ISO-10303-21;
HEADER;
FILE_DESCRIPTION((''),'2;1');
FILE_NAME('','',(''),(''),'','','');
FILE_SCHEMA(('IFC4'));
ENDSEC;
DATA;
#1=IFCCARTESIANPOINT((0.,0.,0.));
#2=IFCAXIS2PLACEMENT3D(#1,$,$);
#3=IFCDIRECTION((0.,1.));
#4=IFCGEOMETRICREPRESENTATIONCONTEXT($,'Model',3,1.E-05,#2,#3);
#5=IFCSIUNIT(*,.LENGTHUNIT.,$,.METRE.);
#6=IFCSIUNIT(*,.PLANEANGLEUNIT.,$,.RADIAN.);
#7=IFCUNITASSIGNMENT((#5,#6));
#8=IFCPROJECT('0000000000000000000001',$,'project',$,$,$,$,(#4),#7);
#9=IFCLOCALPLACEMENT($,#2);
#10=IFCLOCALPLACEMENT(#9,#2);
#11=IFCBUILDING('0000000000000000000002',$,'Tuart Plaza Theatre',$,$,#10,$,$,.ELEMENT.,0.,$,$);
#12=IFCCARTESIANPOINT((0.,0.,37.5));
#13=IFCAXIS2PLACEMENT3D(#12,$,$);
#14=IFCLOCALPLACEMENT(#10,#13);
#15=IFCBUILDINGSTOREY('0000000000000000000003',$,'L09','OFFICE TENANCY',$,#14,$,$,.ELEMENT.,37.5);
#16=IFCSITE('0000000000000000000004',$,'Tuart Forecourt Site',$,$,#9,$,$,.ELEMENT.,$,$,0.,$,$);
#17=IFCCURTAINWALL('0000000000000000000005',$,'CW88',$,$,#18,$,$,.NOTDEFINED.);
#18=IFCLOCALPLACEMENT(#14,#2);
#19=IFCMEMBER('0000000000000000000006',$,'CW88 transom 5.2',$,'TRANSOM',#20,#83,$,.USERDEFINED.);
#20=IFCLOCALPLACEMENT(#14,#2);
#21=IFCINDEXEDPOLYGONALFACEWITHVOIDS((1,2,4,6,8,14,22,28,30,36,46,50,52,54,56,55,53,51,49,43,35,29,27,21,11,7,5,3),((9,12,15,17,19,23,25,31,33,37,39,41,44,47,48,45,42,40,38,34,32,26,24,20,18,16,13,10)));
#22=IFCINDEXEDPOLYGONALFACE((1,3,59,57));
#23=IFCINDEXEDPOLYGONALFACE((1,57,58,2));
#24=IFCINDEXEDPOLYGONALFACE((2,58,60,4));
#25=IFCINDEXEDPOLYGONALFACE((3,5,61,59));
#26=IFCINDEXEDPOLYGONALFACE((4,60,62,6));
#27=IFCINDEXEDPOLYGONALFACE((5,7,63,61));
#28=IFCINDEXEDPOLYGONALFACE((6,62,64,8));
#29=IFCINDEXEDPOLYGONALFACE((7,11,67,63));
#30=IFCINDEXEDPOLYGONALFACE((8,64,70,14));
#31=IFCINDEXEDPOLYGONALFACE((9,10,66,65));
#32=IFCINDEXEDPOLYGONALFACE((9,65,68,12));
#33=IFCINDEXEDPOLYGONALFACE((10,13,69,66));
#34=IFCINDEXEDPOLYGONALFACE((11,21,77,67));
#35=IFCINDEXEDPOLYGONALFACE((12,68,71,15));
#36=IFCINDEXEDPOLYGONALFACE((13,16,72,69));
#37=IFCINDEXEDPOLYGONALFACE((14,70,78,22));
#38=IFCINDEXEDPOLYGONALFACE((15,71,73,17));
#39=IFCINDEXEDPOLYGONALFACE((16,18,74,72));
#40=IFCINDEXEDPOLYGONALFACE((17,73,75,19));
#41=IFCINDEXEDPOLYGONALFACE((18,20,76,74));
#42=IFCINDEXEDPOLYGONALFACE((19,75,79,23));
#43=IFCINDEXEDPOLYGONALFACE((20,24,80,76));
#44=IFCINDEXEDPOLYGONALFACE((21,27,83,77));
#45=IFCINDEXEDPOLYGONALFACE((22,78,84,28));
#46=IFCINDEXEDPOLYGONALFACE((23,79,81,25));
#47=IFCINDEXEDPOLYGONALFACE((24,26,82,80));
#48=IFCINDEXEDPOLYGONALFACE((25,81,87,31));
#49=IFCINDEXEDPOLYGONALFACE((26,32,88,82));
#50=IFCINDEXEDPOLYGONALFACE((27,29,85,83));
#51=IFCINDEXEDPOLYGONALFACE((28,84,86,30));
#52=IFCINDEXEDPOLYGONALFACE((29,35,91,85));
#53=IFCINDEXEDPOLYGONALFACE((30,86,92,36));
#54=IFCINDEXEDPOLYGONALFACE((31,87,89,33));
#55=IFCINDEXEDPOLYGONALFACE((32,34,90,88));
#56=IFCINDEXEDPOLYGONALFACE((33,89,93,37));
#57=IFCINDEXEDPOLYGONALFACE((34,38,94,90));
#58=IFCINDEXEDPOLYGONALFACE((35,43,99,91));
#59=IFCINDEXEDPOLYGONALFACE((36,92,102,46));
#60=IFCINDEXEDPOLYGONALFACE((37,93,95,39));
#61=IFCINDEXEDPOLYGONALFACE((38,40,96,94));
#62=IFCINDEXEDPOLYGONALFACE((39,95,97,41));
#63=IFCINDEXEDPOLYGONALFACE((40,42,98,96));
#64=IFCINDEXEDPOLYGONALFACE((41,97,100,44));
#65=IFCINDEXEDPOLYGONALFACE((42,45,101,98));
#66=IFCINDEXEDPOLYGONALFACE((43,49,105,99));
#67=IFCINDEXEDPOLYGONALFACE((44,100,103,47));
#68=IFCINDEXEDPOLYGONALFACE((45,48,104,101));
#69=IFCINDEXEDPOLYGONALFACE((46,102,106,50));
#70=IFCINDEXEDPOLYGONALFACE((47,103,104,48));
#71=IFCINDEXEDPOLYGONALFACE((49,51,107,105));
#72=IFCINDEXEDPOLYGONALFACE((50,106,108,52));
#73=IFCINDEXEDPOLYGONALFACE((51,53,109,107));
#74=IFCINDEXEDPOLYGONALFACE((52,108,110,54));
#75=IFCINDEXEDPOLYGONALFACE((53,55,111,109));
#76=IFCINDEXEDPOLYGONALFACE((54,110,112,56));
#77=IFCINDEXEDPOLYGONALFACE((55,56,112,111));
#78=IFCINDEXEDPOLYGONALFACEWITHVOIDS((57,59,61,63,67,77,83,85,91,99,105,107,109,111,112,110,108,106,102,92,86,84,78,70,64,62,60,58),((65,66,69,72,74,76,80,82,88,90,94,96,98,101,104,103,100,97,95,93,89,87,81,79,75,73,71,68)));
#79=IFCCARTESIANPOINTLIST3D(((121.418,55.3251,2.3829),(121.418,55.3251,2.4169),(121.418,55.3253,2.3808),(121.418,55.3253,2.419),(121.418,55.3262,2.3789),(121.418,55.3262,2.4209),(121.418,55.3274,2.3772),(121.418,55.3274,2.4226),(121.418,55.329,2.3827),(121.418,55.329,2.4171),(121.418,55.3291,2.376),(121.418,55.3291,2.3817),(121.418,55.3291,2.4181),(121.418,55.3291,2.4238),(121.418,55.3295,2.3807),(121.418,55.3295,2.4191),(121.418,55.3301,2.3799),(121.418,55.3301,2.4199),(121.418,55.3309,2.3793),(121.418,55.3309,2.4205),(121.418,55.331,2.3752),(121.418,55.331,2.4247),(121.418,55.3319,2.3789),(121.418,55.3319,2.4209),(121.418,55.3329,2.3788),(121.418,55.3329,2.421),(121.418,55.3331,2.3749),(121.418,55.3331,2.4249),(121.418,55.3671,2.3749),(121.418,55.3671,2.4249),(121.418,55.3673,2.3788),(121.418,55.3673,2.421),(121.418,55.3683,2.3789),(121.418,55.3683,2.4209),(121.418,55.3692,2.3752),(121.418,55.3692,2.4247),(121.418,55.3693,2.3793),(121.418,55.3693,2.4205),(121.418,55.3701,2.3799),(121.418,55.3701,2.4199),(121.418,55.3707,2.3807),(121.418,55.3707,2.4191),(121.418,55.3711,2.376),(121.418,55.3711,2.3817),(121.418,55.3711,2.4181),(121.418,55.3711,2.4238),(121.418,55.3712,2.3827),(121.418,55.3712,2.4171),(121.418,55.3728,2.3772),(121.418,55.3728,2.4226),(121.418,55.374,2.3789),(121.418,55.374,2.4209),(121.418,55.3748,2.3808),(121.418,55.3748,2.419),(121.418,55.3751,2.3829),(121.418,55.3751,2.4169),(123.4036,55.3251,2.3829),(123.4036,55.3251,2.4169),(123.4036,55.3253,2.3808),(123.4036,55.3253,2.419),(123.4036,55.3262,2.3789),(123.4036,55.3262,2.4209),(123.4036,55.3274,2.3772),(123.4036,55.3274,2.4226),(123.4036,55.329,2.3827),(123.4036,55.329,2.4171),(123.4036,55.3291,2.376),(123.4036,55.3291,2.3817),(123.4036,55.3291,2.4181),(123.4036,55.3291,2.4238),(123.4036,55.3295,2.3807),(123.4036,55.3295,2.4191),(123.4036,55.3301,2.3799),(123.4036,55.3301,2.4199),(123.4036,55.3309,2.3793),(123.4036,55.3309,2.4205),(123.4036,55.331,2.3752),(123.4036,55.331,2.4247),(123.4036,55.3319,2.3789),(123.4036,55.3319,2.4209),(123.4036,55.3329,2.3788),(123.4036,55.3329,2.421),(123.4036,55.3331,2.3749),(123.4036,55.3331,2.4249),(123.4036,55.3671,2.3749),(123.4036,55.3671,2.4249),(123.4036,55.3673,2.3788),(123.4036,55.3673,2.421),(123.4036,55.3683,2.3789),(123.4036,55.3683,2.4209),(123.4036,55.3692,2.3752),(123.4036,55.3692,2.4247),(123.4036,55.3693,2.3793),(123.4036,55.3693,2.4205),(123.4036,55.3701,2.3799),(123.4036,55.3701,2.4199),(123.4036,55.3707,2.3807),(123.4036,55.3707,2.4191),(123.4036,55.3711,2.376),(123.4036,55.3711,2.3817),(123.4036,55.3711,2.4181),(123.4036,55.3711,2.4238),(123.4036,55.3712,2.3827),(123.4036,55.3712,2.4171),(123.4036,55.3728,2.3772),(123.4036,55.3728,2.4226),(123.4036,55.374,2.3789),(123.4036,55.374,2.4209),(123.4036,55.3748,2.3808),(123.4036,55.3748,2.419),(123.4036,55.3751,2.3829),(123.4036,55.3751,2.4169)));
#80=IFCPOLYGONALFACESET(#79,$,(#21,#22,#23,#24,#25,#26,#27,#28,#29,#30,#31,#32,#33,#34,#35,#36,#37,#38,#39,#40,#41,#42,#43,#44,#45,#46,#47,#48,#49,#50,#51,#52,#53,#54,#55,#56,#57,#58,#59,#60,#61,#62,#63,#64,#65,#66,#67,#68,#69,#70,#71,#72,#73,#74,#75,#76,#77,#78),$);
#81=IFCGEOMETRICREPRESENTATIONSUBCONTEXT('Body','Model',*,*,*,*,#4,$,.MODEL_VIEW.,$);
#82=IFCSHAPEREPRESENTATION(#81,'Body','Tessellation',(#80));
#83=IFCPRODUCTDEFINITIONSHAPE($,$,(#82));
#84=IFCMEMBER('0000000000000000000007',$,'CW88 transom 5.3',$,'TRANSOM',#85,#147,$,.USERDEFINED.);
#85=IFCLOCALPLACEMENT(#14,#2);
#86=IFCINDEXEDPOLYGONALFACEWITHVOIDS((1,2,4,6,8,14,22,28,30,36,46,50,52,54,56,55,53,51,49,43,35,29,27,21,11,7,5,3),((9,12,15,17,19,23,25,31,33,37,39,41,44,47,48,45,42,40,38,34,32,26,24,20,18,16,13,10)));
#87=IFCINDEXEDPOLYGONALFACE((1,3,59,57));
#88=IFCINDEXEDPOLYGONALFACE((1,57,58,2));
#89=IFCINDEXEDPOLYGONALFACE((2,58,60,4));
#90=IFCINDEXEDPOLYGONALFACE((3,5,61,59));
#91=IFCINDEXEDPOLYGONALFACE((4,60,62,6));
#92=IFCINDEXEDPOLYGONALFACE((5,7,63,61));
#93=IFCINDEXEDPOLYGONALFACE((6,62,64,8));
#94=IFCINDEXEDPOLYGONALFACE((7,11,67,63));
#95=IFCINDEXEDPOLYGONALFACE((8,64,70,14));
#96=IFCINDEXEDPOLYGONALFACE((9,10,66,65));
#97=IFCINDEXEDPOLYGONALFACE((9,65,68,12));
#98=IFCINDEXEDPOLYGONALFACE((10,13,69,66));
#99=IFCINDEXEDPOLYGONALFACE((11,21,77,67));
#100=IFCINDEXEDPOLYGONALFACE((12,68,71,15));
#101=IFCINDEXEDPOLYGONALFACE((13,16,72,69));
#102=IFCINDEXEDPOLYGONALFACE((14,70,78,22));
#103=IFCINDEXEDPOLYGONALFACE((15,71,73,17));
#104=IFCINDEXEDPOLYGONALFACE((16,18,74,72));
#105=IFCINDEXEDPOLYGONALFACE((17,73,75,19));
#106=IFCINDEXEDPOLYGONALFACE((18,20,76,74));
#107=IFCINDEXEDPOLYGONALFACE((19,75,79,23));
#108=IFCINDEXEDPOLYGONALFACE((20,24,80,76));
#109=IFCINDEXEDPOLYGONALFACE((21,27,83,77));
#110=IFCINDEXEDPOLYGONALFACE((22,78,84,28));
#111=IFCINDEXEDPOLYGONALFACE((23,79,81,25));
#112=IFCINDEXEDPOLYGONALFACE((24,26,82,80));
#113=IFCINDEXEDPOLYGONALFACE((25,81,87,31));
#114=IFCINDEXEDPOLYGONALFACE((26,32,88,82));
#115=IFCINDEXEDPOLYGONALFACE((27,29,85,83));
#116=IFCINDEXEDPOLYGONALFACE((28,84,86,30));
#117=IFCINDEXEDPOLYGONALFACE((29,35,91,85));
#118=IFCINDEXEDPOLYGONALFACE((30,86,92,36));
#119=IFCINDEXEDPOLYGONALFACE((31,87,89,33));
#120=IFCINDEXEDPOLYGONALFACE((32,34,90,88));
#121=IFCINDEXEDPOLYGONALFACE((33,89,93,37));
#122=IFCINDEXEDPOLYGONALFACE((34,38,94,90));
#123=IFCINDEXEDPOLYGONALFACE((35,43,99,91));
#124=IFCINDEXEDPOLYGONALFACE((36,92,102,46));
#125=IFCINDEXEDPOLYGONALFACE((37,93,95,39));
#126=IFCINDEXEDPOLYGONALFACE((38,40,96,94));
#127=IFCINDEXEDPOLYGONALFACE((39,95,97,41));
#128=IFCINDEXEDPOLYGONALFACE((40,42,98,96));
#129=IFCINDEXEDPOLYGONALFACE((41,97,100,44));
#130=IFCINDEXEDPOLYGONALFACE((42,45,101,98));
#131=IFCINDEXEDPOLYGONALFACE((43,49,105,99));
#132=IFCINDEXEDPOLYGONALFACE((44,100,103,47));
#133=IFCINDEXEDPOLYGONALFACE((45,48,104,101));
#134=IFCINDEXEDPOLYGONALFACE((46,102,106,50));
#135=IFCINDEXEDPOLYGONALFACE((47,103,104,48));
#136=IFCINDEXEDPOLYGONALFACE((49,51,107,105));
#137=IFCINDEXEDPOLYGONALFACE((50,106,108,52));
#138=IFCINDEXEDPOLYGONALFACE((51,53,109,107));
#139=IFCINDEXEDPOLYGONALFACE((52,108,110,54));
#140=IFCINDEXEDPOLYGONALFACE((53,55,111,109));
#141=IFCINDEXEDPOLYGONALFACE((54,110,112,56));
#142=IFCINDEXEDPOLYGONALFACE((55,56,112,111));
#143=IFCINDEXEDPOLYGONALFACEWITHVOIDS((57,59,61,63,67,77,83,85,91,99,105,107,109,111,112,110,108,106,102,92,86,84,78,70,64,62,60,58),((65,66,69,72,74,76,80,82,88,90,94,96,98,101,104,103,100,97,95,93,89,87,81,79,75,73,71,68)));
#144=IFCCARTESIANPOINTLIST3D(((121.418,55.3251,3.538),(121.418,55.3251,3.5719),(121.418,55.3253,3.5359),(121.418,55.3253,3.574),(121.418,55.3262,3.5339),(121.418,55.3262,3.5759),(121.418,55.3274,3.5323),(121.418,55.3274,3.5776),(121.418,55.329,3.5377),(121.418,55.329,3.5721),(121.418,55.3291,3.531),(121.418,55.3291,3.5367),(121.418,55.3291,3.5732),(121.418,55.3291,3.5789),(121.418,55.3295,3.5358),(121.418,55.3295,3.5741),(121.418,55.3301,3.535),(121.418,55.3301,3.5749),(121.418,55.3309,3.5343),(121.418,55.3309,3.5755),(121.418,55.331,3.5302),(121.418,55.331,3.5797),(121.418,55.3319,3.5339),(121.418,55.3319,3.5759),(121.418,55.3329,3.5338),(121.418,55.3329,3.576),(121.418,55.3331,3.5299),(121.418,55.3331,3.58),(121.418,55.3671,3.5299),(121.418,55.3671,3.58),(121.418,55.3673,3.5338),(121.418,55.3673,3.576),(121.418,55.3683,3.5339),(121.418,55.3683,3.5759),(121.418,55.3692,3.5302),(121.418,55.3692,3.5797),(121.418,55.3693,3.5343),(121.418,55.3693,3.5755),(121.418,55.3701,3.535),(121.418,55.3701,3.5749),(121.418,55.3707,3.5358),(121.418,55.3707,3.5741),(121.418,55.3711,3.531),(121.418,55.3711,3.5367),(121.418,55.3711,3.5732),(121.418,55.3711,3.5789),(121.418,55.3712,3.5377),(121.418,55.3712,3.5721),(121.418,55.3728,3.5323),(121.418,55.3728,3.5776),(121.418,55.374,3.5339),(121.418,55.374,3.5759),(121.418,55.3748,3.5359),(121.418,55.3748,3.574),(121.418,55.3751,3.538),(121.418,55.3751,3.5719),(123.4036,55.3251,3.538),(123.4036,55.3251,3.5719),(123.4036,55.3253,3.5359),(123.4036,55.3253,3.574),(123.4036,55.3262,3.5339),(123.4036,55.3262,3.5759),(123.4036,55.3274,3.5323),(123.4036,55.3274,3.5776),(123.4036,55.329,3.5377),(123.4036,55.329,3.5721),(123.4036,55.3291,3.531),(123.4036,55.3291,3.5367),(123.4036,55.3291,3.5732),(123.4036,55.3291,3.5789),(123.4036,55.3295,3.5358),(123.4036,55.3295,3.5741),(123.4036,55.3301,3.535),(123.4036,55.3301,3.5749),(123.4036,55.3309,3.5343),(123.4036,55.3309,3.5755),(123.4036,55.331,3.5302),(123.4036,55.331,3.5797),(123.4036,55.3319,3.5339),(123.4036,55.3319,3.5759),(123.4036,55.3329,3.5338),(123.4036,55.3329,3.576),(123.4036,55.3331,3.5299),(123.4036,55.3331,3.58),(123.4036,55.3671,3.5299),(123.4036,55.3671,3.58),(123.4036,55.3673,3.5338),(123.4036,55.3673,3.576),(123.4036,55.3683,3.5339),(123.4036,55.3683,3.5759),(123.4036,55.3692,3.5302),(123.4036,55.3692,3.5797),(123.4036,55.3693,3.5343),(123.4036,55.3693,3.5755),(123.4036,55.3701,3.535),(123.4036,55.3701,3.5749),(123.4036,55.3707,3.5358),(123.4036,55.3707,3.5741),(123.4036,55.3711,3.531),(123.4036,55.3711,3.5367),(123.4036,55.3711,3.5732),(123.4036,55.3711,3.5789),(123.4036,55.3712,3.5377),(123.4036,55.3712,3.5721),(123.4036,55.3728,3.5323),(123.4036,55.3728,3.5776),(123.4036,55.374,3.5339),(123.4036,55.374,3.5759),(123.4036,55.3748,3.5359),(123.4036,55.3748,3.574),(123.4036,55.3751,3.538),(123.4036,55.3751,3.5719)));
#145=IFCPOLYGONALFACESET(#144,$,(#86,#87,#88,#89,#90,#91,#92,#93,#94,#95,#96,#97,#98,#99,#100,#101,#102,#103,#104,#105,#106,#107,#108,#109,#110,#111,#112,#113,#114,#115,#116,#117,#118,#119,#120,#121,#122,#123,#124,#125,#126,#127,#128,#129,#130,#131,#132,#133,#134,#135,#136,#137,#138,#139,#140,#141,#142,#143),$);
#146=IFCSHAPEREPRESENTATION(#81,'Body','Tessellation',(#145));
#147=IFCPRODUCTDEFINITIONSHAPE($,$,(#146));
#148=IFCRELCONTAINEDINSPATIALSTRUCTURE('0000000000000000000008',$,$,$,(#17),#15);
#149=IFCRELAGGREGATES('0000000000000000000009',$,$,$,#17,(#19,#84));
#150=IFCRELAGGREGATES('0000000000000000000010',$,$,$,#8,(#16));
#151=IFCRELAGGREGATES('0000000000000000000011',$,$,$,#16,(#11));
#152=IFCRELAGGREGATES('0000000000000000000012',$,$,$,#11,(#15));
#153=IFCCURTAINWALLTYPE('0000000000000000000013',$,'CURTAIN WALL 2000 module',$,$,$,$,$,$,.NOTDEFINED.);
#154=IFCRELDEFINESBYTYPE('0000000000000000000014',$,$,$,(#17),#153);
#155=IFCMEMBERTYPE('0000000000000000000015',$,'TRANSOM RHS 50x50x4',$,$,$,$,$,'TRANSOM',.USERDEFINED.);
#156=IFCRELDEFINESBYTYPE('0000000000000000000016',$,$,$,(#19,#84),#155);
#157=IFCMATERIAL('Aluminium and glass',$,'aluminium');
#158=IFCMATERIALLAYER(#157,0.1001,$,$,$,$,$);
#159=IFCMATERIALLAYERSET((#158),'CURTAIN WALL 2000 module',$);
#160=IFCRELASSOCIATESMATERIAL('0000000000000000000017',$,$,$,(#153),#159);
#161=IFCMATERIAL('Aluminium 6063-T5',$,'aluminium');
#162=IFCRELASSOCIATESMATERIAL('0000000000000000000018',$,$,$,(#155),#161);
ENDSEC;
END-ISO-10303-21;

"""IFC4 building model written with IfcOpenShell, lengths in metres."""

from ifc_helpers import new_model, si_unit, direction, frame, origin, origin_2d, place, context, subcontext, project, spatial, hollow_rectangle, extrude, material, layer, layer_set, material_profile, profile_set, type_object, element, aggregate, save


model = new_model("IFC4")

# Units and contexts
model_context = context("Model", 3, precision=1e-05, world=origin(), true_north=direction((0.0, 1.0)))
body_context = subcontext(model_context, "Body", "Model", "MODEL_VIEW")
ifc_project = project(units=[si_unit("LENGTHUNIT", "METRE"), si_unit("PLANEANGLEUNIT", "RADIAN")], contexts=[model_context])

# Site, building, storey
site_placement = place(None, origin())
site = spatial("IfcSite", under=ifc_project, at=site_placement, Name="Tuart Forecourt Site", CompositionType="ELEMENT", RefElevation=0.0)
building_placement = place(site_placement, origin())
building = spatial("IfcBuilding", under=site, at=building_placement, Name="Tuart Plaza Theatre", CompositionType="ELEMENT", ElevationOfRefHeight=0.0)
storey_placement = place(building_placement, frame((0.0, 0.0, 37.5)))
storey = spatial("IfcBuildingStorey", under=building, at=storey_placement, Name="L09", Description="OFFICE TENANCY", CompositionType="ELEMENT", Elevation=37.5)

# Curtain wall, members
ifc_material_1 = material(Name="Aluminium and glass", Category="aluminium")
ifc_layer_1 = layer(ifc_material_1, 0.1001)
ifc_layer_set_1 = layer_set([ifc_layer_1], Name="CURTAIN WALL 2000 module")
curtain_wall_type = type_object("IfcCurtainWallType", Name="CURTAIN WALL 2000 module", PredefinedType="NOTDEFINED", material=ifc_layer_set_1)
curtain_wall_placement = place(storey_placement, origin())
curtain_wall = element("IfcCurtainWall", 1, at=curtain_wall_placement, inside=storey, type_object=curtain_wall_type, Name="CW88", PredefinedType="NOTDEFINED")
ifc_material_2 = material(Name="Aluminium 6063-T5", Category="aluminium")
ifc_material_profile_1 = material_profile(ifc_material_2, hollow_rectangle(XDim=0.05, YDim=0.05, WallThickness=0.0039, InnerFilletRadius=0.0039, OuterFilletRadius=0.0081, at=origin_2d()), Name="RHS 50x50x4")
ifc_profile_set_1 = profile_set([ifc_material_profile_1], Name="Aluminium 6063-T5")
member_type_1 = type_object("IfcMemberType", Name="TRANSOM RHS 50x50x4", ElementType="TRANSOM", PredefinedType="USERDEFINED", material=ifc_profile_set_1)
member_1_placement = place(storey_placement, frame((121.418, 55.3501, 2.3999), z_axis=(1.0, 0.0, 0.0), x_axis=(0.0, 1.0, 0.0)))
member_1 = element("IfcMember", 2, at=member_1_placement, type_object=member_type_1, Name="CW88 transom 5.2", ObjectType="TRANSOM", PredefinedType="USERDEFINED", context=body_context, shape_type="SweptSolid", body=[
    extrude(hollow_rectangle(XDim=0.05, YDim=0.05, WallThickness=0.0039, InnerFilletRadius=0.0039, OuterFilletRadius=0.0081, at=origin_2d()), origin(), (0.0, 0.0, 1.0), 1.9856),
])
member_2_placement = place(storey_placement, frame((121.418, 55.3501, 3.5549), z_axis=(1.0, 0.0, 0.0), x_axis=(0.0, 1.0, 0.0)))
member_2 = element("IfcMember", 3, at=member_2_placement, type_object=member_type_1, Name="CW88 transom 5.3", ObjectType="TRANSOM", PredefinedType="USERDEFINED", context=body_context, shape_type="SweptSolid", body=[
    extrude(hollow_rectangle(XDim=0.05, YDim=0.05, WallThickness=0.0039, InnerFilletRadius=0.0039, OuterFilletRadius=0.0081, at=origin_2d()), origin(), (0.0, 0.0, 1.0), 1.9856),
])
aggregate(curtain_wall, [member_1, member_2])

save(model, "model.ifc")
